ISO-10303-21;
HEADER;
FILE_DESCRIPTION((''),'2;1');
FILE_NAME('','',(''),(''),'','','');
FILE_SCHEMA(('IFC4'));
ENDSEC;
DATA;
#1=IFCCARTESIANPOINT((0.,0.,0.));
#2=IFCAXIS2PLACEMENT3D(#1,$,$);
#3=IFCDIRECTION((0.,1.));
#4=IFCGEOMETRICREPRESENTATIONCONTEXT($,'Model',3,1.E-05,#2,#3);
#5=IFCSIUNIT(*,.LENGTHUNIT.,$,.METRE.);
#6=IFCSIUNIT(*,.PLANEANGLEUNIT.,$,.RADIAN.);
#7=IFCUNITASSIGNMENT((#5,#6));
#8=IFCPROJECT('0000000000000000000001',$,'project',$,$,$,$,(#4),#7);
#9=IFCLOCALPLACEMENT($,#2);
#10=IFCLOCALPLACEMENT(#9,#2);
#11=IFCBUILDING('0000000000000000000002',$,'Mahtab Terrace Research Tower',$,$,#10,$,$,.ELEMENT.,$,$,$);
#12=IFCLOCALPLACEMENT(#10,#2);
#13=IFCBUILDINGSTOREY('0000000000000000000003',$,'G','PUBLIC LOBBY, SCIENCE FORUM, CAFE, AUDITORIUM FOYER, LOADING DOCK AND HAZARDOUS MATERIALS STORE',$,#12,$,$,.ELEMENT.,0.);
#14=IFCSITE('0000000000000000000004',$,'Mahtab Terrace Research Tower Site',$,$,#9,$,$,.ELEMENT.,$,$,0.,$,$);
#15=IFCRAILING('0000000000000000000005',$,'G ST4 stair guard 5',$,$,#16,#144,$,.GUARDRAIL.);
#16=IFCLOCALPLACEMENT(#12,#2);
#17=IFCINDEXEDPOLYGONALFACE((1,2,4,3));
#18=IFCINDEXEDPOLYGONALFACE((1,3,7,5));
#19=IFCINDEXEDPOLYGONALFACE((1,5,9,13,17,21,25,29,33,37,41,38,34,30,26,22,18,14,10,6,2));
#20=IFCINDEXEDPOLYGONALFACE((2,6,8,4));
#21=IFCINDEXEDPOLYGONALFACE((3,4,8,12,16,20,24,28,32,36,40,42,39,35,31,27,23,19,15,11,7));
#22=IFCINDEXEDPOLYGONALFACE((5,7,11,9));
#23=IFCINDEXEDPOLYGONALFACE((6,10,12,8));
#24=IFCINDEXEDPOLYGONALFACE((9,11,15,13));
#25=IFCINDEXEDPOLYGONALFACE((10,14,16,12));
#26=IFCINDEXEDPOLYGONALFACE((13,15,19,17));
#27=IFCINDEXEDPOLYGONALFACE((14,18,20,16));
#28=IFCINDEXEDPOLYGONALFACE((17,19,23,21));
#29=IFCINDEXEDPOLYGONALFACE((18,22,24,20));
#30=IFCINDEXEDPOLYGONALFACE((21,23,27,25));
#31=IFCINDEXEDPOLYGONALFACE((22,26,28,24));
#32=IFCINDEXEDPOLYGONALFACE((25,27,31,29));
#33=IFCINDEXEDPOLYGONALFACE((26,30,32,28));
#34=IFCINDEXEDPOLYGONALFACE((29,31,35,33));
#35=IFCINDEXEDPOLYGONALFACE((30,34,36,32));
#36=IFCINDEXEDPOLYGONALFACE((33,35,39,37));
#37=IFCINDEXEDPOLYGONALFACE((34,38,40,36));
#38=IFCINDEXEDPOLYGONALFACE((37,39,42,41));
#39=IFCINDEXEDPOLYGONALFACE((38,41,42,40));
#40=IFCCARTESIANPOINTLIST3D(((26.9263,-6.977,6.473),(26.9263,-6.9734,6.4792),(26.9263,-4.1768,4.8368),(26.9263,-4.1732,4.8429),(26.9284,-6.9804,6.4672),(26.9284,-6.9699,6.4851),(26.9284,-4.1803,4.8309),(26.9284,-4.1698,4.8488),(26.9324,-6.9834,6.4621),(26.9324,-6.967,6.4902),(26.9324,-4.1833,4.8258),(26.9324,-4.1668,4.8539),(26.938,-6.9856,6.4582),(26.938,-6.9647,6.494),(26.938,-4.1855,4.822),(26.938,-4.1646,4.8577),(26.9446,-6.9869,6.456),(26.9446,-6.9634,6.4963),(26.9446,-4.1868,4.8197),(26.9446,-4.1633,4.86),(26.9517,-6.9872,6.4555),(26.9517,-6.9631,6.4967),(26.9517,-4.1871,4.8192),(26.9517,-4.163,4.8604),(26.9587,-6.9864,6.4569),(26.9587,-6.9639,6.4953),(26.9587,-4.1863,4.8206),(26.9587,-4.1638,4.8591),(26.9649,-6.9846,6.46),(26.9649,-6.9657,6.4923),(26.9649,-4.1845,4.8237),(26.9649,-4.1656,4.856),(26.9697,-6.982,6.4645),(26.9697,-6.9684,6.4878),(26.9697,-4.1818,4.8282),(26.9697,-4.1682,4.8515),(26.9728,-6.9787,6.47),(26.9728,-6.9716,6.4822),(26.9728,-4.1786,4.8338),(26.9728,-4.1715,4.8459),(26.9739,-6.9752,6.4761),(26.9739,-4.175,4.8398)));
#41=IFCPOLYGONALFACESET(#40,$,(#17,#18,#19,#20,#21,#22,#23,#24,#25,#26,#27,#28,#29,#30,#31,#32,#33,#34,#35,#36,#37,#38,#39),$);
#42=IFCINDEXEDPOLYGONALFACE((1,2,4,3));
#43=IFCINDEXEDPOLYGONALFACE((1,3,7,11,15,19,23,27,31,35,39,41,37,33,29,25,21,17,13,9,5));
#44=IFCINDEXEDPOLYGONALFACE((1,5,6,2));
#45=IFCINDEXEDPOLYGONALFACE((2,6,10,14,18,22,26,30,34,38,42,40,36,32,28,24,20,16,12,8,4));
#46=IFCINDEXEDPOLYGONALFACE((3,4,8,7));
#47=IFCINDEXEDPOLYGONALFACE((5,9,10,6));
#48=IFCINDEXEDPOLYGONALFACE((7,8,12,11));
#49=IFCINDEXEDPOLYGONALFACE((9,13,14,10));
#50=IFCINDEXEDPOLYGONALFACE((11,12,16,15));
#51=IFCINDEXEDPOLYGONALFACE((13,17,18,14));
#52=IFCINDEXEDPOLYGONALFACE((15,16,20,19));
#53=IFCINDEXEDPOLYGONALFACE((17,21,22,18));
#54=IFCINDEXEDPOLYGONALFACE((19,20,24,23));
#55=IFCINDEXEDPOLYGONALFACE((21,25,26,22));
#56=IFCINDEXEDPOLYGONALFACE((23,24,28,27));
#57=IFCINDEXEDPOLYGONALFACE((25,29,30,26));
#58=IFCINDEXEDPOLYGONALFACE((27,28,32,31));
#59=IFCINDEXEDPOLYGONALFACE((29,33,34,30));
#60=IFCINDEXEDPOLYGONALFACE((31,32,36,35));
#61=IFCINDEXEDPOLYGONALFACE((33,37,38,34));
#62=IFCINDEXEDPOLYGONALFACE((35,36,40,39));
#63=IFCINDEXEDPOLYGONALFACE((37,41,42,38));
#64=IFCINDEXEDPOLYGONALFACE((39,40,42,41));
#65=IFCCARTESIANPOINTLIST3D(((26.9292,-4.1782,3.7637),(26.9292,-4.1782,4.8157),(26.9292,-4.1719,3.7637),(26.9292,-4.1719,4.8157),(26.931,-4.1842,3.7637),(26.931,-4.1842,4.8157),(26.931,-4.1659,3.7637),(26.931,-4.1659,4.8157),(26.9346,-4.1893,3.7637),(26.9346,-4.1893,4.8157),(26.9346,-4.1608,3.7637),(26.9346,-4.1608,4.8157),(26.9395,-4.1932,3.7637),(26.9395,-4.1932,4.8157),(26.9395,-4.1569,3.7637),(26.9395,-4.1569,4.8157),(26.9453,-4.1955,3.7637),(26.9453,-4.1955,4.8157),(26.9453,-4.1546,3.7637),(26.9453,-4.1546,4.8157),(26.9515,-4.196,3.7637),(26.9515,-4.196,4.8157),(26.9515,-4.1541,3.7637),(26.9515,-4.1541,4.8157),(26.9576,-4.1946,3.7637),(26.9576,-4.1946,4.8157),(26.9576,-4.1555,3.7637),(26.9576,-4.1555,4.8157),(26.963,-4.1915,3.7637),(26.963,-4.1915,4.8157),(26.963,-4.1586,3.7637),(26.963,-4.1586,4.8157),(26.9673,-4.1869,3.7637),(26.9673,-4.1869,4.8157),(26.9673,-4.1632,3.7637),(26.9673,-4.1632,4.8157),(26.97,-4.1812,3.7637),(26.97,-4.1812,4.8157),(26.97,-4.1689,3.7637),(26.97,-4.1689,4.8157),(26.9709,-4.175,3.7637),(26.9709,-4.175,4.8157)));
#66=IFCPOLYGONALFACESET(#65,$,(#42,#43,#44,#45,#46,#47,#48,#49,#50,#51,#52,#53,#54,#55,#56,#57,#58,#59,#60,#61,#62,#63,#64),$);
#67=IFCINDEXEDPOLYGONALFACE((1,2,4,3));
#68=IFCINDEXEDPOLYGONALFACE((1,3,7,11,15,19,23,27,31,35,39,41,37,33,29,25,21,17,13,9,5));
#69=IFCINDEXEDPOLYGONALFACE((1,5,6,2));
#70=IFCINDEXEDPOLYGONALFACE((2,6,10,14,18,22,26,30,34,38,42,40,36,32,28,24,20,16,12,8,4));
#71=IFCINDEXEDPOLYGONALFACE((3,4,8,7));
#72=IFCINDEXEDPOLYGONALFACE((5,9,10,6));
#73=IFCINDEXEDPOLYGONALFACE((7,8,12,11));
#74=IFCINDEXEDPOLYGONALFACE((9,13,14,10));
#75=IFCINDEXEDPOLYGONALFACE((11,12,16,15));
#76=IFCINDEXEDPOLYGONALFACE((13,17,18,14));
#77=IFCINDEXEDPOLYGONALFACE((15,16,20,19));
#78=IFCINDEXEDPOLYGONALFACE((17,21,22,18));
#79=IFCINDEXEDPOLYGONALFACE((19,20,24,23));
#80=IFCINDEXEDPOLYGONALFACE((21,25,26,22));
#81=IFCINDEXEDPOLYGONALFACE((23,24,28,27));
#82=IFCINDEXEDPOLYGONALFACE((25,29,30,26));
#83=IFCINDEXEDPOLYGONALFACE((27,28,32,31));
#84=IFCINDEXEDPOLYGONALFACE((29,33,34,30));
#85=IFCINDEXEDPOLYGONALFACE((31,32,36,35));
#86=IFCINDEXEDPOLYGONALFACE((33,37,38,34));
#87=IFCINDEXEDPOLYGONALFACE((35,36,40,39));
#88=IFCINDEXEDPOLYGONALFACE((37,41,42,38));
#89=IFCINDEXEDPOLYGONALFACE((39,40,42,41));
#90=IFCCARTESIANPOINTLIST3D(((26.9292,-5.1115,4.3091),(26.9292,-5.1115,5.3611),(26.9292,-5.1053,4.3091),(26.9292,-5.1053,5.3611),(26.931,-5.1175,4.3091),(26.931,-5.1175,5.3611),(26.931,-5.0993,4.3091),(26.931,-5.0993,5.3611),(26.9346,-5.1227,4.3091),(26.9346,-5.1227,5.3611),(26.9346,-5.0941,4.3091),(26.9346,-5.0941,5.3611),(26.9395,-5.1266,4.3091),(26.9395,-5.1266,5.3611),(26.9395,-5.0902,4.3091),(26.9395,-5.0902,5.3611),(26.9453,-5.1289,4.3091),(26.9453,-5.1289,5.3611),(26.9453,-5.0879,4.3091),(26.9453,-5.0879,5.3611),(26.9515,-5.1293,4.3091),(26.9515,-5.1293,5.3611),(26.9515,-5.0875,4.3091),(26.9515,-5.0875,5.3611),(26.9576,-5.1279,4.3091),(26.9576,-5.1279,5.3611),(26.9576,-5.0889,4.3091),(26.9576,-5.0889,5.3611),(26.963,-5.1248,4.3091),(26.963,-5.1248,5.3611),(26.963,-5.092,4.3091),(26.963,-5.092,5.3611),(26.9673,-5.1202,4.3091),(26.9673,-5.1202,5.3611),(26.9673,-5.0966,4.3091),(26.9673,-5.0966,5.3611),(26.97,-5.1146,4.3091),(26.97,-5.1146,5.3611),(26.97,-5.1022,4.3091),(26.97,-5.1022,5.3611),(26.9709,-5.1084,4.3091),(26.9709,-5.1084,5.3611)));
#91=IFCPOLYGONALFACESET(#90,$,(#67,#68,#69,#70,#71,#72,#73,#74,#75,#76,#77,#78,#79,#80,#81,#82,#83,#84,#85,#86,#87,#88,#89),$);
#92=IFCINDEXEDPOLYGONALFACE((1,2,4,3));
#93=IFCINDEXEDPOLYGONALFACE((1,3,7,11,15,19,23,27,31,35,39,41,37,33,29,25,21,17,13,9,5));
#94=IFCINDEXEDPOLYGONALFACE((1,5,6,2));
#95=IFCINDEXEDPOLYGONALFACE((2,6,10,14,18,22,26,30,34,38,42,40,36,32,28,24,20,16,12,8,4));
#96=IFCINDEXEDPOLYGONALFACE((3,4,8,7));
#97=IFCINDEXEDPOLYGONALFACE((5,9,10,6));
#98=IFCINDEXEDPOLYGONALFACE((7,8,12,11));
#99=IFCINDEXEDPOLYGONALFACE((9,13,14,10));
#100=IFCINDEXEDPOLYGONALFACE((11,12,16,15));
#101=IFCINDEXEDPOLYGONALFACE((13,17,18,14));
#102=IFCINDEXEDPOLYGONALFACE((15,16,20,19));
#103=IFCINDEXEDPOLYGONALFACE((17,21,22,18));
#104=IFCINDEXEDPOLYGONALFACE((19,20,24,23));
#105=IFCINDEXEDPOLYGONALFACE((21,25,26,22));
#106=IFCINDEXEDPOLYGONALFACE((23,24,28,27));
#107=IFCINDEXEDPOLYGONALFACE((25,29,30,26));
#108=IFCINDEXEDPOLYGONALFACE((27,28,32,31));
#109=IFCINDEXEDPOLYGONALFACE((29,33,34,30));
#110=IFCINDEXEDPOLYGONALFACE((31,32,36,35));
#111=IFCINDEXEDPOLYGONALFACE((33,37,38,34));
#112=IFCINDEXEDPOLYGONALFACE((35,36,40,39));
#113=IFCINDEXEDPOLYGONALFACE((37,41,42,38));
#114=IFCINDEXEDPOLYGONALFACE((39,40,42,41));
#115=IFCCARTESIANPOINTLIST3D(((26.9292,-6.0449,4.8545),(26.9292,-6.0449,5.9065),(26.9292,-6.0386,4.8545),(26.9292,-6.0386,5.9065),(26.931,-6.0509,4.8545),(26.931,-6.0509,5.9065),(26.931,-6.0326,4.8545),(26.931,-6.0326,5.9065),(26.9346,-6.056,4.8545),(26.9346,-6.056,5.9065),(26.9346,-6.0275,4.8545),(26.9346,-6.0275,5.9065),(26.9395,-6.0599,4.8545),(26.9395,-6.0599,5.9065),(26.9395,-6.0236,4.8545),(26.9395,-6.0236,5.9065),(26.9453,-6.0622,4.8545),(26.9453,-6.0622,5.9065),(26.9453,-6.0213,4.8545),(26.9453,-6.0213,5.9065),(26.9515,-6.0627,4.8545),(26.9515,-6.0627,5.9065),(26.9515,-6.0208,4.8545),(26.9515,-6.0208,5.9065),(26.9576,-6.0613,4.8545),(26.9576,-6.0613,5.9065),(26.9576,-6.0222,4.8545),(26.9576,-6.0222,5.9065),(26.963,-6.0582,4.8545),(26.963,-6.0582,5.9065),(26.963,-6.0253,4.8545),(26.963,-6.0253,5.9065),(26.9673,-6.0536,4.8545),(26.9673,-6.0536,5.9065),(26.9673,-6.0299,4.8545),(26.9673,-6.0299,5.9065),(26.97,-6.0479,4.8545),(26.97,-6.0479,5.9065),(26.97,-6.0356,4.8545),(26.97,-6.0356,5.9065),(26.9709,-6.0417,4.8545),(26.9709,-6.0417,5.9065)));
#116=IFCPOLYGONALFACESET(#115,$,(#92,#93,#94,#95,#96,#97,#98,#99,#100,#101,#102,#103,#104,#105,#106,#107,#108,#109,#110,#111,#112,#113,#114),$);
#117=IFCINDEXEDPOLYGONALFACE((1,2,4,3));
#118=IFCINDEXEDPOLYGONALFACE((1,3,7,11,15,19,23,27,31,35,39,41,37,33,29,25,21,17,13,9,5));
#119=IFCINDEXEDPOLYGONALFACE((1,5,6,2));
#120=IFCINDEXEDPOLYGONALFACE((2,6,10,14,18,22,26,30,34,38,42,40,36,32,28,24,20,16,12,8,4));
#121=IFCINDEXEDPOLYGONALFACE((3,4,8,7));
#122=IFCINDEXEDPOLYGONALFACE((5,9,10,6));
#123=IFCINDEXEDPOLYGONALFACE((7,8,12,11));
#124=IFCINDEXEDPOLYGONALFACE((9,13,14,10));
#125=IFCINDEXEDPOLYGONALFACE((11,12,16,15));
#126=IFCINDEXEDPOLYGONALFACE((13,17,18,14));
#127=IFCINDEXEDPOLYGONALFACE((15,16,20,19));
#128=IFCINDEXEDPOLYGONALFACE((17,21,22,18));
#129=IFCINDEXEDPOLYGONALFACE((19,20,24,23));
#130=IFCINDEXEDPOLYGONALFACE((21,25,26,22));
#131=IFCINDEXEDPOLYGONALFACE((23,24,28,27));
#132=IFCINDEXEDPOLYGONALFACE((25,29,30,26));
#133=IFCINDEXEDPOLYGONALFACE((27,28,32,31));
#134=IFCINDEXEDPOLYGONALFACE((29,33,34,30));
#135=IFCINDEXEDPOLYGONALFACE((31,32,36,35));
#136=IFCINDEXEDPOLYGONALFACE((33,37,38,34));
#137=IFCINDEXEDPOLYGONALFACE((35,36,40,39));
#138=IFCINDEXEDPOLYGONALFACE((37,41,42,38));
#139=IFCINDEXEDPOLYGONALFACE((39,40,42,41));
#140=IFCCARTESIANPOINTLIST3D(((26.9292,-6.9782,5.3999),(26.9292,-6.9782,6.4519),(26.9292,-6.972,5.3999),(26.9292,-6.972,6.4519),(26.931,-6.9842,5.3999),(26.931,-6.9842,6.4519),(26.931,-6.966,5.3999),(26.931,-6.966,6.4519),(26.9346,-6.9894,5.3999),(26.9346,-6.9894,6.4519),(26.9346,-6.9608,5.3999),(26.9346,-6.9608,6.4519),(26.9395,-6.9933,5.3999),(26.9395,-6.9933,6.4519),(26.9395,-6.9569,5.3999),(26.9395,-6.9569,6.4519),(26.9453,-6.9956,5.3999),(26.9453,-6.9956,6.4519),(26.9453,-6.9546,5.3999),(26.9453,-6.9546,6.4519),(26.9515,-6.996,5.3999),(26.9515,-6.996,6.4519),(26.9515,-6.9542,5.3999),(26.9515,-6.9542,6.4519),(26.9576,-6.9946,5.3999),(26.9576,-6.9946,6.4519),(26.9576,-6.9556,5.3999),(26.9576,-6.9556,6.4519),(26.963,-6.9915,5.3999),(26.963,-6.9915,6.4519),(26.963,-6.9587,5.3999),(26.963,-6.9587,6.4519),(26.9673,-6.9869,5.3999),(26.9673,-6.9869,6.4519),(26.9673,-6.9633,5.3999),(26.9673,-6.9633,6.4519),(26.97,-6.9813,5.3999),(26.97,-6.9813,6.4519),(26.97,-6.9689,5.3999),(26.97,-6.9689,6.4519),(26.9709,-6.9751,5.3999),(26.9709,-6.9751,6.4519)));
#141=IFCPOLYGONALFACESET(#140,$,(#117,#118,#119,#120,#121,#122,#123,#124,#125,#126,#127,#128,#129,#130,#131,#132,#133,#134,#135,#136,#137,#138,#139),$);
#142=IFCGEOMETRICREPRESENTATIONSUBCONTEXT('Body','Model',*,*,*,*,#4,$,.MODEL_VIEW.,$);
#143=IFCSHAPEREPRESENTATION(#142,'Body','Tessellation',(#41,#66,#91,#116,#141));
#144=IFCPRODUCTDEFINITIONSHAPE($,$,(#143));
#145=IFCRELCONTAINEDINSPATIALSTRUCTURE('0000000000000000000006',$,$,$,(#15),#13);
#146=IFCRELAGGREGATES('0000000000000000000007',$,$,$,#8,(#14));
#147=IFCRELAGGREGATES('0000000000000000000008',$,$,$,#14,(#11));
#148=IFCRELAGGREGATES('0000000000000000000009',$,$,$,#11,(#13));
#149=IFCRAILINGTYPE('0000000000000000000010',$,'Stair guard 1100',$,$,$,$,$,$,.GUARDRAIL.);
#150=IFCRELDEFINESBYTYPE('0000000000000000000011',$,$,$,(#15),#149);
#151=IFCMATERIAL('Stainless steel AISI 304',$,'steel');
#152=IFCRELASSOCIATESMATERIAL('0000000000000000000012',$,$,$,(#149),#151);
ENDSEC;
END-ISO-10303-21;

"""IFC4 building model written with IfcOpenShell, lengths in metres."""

from ifc_helpers import new_model, si_unit, direction, frame, origin, origin_2d, place, context, subcontext, project, spatial, circle, extrude, material, type_object, element, save


model = new_model("IFC4")

# Units and contexts
model_context = context("Model", 3, precision=1e-05, world=origin(), true_north=direction((0.0, 1.0)))
body_context = subcontext(model_context, "Body", "Model", "MODEL_VIEW")
ifc_project = project(units=[si_unit("LENGTHUNIT", "METRE"), si_unit("PLANEANGLEUNIT", "RADIAN")], contexts=[model_context])

# Site, building, storey
site_placement = place(None, origin())
site = spatial("IfcSite", under=ifc_project, at=site_placement, Name="Mahtab Terrace Research Tower Site", CompositionType="ELEMENT", RefElevation=0.0)
building_placement = place(site_placement, origin())
building = spatial("IfcBuilding", under=site, at=building_placement, Name="Mahtab Terrace Research Tower", CompositionType="ELEMENT")
storey_placement = place(building_placement, origin())
storey = spatial("IfcBuildingStorey", under=building, at=storey_placement, Name="G", Description="PUBLIC LOBBY, SCIENCE FORUM, CAFE, AUDITORIUM FOYER, LOADING DOCK AND HAZARDOUS MATERIALS STORE", CompositionType="ELEMENT", Elevation=0.0)

# Railing
ifc_material_1 = material(Name="Stainless steel AISI 304", Category="steel")
railing_type_1 = type_object("IfcRailingType", Name="Stair guard 1100", PredefinedType="GUARDRAIL", material=ifc_material_1)
railing_1_placement = place(storey_placement, frame((26.95, -4.175, 3.7637)))
element("IfcRailing", 1, at=railing_1_placement, inside=storey, type_object=railing_type_1, Name="G ST4 stair guard 5", PredefinedType="GUARDRAIL", context=body_context, shape_type="SweptSolid", body=[
    extrude(circle(Radius=0.0239, at=origin_2d()), frame((0.0, 0.0, 1.0762), z_axis=(0.0, -0.863394, 0.504531), x_axis=(1.0, 0.0, 0.0)), (0.0, 0.0, 1.0), 3.2432),
    extrude(circle(Radius=0.021, at=origin_2d()), origin(), (0.0, 0.0, 1.0), 1.052),
    extrude(circle(Radius=0.021, at=origin_2d()), frame((0.0, -0.9333, 0.5454)), (0.0, 0.0, 1.0), 1.052),
    extrude(circle(Radius=0.021, at=origin_2d()), frame((0.0, -1.8667, 1.0908)), (0.0, 0.0, 1.0), 1.052),
    extrude(circle(Radius=0.021, at=origin_2d()), frame((0.0, -2.8, 1.6362)), (0.0, 0.0, 1.0), 1.052),
])

save(model, "model.ifc")
